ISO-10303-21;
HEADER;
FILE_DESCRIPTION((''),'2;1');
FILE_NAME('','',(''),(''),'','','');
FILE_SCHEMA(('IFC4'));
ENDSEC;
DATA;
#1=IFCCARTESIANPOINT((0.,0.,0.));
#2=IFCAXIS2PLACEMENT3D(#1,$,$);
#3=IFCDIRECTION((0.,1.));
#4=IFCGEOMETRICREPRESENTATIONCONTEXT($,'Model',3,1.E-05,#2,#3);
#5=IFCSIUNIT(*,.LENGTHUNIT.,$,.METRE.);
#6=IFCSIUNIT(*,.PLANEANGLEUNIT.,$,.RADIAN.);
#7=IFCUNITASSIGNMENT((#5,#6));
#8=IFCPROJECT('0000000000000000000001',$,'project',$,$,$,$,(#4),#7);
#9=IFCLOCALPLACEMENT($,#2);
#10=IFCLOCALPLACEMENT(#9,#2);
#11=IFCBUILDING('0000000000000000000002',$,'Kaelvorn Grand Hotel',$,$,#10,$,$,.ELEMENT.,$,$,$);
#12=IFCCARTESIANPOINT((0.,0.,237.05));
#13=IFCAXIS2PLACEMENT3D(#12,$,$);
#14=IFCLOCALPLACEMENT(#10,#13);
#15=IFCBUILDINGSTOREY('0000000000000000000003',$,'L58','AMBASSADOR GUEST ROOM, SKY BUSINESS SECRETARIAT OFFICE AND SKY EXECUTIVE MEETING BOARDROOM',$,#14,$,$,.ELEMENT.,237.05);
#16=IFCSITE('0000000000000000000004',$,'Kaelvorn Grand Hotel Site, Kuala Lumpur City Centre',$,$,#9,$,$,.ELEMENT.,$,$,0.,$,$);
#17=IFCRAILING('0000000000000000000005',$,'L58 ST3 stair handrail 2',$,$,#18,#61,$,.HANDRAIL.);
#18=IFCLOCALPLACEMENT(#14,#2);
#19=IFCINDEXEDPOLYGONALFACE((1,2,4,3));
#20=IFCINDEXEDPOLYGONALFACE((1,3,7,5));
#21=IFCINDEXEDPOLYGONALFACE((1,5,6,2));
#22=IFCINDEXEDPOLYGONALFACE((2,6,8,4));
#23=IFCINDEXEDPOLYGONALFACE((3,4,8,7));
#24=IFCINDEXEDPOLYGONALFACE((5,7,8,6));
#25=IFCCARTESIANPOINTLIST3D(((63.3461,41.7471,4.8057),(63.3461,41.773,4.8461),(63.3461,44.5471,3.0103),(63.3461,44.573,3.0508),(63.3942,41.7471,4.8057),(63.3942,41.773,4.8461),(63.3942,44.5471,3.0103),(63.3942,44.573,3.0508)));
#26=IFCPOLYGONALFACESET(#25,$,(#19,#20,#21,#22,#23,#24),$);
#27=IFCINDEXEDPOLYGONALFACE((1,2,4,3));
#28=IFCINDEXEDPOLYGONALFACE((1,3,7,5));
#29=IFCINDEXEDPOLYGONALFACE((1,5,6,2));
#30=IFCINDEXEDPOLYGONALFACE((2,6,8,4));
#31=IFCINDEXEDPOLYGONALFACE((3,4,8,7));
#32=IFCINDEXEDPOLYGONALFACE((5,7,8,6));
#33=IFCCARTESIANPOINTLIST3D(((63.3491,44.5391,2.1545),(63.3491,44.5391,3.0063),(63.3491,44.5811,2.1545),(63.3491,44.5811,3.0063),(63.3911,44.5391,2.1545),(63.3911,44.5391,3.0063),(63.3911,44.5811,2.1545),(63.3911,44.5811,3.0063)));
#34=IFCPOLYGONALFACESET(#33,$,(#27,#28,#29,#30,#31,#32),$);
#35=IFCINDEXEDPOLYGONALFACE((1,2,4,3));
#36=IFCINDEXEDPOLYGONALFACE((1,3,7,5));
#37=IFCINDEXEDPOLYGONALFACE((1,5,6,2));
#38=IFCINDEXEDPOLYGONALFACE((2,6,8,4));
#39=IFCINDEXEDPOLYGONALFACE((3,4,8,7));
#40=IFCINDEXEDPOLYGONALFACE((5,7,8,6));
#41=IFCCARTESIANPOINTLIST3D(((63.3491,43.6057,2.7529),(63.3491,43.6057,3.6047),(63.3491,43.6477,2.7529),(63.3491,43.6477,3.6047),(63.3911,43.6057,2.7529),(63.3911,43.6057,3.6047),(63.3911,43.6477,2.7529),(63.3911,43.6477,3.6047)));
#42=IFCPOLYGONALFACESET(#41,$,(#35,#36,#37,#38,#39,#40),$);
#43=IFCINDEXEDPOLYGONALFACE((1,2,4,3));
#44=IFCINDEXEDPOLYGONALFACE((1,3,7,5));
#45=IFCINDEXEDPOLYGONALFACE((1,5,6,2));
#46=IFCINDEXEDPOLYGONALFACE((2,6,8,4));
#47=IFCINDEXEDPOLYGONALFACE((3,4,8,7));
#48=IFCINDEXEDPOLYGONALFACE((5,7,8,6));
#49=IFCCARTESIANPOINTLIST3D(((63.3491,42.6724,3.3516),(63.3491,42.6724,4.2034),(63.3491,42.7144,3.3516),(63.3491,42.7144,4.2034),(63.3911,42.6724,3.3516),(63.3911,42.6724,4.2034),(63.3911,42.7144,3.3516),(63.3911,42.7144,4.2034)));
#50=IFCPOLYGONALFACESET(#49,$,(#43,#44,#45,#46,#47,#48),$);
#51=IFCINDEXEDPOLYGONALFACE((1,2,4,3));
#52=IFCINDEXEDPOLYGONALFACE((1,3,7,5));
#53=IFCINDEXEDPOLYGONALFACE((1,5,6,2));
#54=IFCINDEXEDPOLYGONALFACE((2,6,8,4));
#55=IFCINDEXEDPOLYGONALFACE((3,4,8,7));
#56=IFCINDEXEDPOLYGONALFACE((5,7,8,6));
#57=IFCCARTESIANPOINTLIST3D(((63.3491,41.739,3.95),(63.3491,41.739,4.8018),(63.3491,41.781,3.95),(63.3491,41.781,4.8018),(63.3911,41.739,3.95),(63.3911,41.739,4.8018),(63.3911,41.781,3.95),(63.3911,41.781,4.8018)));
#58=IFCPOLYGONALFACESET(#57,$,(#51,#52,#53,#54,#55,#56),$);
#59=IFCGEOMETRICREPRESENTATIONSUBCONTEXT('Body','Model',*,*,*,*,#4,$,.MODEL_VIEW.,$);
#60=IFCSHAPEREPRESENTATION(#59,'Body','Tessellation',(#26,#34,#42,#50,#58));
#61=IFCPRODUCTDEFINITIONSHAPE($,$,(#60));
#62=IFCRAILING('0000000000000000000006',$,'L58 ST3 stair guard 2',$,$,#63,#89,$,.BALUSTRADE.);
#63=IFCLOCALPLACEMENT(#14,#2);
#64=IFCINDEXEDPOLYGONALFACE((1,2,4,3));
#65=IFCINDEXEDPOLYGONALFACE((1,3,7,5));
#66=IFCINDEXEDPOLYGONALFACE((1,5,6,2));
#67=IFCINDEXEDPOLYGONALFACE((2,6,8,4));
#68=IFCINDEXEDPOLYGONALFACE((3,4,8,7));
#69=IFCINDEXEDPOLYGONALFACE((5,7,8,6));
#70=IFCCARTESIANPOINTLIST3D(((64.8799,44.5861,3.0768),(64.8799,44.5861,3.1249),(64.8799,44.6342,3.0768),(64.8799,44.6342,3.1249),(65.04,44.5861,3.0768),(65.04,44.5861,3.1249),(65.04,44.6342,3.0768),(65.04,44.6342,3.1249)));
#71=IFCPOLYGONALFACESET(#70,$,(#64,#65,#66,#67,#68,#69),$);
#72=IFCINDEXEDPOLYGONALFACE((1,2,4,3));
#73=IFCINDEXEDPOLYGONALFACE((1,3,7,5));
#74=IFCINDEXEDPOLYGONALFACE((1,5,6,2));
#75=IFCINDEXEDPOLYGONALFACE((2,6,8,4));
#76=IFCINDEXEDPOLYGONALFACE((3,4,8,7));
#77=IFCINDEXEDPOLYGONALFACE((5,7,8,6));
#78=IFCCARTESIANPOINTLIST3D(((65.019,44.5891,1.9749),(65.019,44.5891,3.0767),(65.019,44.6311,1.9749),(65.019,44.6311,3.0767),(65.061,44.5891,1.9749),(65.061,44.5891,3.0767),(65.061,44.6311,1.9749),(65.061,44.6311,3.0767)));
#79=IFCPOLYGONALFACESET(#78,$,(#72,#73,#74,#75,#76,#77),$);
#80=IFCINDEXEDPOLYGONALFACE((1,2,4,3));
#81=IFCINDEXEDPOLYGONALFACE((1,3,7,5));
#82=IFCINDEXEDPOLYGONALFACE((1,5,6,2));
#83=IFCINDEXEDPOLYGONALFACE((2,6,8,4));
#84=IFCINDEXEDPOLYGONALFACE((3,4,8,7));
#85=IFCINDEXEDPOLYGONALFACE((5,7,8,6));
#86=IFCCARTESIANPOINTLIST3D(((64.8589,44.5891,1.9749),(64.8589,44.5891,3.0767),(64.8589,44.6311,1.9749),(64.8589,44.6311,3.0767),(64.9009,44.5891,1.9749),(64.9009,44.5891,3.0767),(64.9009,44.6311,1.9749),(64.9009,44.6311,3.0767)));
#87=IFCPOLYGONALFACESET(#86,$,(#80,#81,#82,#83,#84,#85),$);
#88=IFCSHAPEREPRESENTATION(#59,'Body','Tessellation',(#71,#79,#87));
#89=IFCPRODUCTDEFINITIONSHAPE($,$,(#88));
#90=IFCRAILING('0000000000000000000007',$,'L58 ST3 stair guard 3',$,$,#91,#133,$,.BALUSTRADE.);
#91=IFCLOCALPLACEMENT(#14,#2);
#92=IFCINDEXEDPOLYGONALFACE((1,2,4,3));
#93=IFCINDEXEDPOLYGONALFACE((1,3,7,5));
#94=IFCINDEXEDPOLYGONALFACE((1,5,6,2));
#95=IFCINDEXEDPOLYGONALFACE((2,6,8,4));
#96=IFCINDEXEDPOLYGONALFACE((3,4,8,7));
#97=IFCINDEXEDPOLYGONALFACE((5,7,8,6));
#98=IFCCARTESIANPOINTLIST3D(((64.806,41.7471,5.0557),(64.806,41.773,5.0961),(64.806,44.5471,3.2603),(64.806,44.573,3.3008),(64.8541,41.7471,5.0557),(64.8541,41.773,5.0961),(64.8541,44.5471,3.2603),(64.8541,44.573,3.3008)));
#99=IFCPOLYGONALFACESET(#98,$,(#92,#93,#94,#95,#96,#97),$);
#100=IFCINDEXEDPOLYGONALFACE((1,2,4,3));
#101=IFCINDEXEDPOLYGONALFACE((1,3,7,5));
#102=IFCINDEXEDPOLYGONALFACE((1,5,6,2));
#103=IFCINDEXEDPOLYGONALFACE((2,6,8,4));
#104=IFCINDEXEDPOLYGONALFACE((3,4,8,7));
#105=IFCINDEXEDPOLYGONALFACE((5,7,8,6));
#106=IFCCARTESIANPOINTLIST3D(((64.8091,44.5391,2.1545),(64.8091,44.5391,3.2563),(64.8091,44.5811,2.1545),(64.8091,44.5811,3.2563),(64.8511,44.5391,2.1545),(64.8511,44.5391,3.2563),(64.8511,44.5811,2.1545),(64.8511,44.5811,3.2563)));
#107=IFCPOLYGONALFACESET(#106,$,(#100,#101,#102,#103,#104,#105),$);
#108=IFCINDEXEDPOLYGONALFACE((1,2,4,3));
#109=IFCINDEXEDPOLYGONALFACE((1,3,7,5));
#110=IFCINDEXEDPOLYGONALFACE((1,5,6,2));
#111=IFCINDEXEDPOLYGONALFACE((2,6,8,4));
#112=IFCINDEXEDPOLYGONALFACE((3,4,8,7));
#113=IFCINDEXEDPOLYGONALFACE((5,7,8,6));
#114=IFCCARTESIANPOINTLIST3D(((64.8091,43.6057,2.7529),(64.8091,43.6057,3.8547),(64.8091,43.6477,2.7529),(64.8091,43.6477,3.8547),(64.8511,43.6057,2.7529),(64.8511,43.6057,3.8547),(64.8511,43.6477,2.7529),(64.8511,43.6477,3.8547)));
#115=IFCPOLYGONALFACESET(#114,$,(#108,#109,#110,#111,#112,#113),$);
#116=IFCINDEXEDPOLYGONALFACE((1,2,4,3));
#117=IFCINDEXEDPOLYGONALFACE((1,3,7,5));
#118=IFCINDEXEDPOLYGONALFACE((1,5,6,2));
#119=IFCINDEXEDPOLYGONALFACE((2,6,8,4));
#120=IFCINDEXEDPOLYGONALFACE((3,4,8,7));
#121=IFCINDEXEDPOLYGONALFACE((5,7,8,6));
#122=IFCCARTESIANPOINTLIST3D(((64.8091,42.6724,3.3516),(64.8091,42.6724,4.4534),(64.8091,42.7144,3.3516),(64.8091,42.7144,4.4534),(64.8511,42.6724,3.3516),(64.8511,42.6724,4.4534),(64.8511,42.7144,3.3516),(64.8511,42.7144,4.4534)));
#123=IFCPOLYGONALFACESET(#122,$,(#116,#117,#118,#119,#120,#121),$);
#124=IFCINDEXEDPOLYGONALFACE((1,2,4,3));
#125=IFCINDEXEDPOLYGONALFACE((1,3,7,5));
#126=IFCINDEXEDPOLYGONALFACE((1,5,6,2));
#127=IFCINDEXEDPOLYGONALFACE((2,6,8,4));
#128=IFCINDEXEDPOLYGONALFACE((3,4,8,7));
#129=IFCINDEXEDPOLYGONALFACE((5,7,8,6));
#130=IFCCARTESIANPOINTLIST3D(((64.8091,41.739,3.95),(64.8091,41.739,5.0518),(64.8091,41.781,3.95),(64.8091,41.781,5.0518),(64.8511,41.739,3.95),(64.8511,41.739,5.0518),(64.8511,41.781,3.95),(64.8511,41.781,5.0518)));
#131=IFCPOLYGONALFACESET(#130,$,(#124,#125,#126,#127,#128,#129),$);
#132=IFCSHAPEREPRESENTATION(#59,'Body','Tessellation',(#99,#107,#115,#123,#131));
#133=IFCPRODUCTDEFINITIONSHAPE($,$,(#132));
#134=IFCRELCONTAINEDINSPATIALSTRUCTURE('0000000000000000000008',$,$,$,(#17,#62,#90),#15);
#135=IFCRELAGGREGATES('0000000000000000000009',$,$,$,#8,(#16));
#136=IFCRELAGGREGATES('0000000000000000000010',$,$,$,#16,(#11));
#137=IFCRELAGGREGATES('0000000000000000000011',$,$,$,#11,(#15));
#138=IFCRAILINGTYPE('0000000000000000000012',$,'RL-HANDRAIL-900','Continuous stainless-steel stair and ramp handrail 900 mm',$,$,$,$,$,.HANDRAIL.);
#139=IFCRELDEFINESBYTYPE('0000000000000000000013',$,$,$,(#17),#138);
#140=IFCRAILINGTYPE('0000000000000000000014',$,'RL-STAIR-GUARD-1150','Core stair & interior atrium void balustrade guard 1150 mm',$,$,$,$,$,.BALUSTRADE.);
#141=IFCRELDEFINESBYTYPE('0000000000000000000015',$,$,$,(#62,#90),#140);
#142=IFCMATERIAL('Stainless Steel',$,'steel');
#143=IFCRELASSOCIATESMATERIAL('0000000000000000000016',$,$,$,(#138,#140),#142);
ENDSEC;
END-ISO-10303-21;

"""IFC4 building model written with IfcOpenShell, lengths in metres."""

from ifc_helpers import new_model, si_unit, direction, frame, origin, origin_2d, place, context, subcontext, project, spatial, rectangle, extrude, material, type_object, element, save


model = new_model("IFC4")

# Units and contexts
model_context = context("Model", 3, precision=1e-05, world=origin(), true_north=direction((0.0, 1.0)))
body_context = subcontext(model_context, "Body", "Model", "MODEL_VIEW")
ifc_project = project(units=[si_unit("LENGTHUNIT", "METRE"), si_unit("PLANEANGLEUNIT", "RADIAN")], contexts=[model_context])

# Site, building, storey
site_placement = place(None, origin())
site = spatial("IfcSite", under=ifc_project, at=site_placement, Name="Kaelvorn Grand Hotel Site, Kuala Lumpur City Centre", CompositionType="ELEMENT", RefElevation=0.0)
building_placement = place(site_placement, origin())
building = spatial("IfcBuilding", under=site, at=building_placement, Name="Kaelvorn Grand Hotel", CompositionType="ELEMENT")
storey_placement = place(building_placement, frame((0.0, 0.0, 237.05)))
storey = spatial("IfcBuildingStorey", under=building, at=storey_placement, Name="L58", Description="AMBASSADOR GUEST ROOM, SKY BUSINESS SECRETARIAT OFFICE AND SKY EXECUTIVE MEETING BOARDROOM", CompositionType="ELEMENT", Elevation=237.05)

# Shared definitions
ifc_material_1 = material(Name="Stainless Steel", Category="steel")

# Railings
railing_type_1 = type_object("IfcRailingType", Name="RL-HANDRAIL-900", Description="Continuous stainless-steel stair and ramp handrail 900 mm", PredefinedType="HANDRAIL", material=ifc_material_1)
railing_1_placement = place(storey_placement, frame((63.3701, 44.5601, 2.1545)))
element("IfcRailing", 1, at=railing_1_placement, inside=storey, type_object=railing_type_1, Name="L58 ST3 stair handrail 2", PredefinedType="HANDRAIL", context=body_context, shape_type="SweptSolid", body=[
    extrude(rectangle(XDim=0.0481, YDim=0.0481, at=origin_2d()), frame((0.0, 0.0, 0.876), z_axis=(0.0, -0.84181, 0.539774), x_axis=(1.0, 0.0, 0.0)), (0.0, 0.0, 1.0), 3.3262),
    extrude(rectangle(XDim=0.042, YDim=0.042, at=origin_2d()), origin(), (0.0, 0.0, 1.0), 0.8518),
    extrude(rectangle(XDim=0.042, YDim=0.042, at=origin_2d()), frame((0.0, -0.9333, 0.5984)), (0.0, 0.0, 1.0), 0.8518),
    extrude(rectangle(XDim=0.042, YDim=0.042, at=origin_2d()), frame((0.0, -1.8667, 1.197)), (0.0, 0.0, 1.0), 0.8518),
    extrude(rectangle(XDim=0.042, YDim=0.042, at=origin_2d()), frame((0.0, -2.8, 1.7954)), (0.0, 0.0, 1.0), 0.8518),
])
railing_type_2 = type_object("IfcRailingType", Name="RL-STAIR-GUARD-1150", Description="Core stair & interior atrium void balustrade guard 1150 mm", PredefinedType="BALUSTRADE", material=ifc_material_1)
railing_2_placement = place(storey_placement, frame((65.04, 44.6101, 1.9749)))
element("IfcRailing", 2, at=railing_2_placement, inside=storey, type_object=railing_type_2, Name="L58 ST3 stair guard 2", PredefinedType="BALUSTRADE", context=body_context, shape_type="SweptSolid", body=[
    extrude(rectangle(XDim=0.0481, YDim=0.0481, at=origin_2d()), frame((0.0, 0.0, 1.126), z_axis=(-1.0, 0.0, 0.0), x_axis=(0.0, -1.0, 0.0)), (0.0, 0.0, 1.0), 0.1602),
    extrude(rectangle(XDim=0.042, YDim=0.042, at=origin_2d()), origin(), (0.0, 0.0, 1.0), 1.1018),
    extrude(rectangle(XDim=0.042, YDim=0.042, at=origin_2d()), frame((-0.1602, 0.0, 0.0)), (0.0, 0.0, 1.0), 1.1018),
])
railing_3_placement = place(storey_placement, frame((64.8301, 44.5601, 2.1545)))
element("IfcRailing", 3, at=railing_3_placement, inside=storey, type_object=railing_type_2, Name="L58 ST3 stair guard 3", PredefinedType="BALUSTRADE", context=body_context, shape_type="SweptSolid", body=[
    extrude(rectangle(XDim=0.0481, YDim=0.0481, at=origin_2d()), frame((0.0, 0.0, 1.126), z_axis=(0.0, -0.84181, 0.539774), x_axis=(1.0, 0.0, 0.0)), (0.0, 0.0, 1.0), 3.3262),
    extrude(rectangle(XDim=0.042, YDim=0.042, at=origin_2d()), origin(), (0.0, 0.0, 1.0), 1.1018),
    extrude(rectangle(XDim=0.042, YDim=0.042, at=origin_2d()), frame((0.0, -0.9333, 0.5984)), (0.0, 0.0, 1.0), 1.1018),
    extrude(rectangle(XDim=0.042, YDim=0.042, at=origin_2d()), frame((0.0, -1.8667, 1.197)), (0.0, 0.0, 1.0), 1.1018),
    extrude(rectangle(XDim=0.042, YDim=0.042, at=origin_2d()), frame((0.0, -2.8, 1.7954)), (0.0, 0.0, 1.0), 1.1018),
])

save(model, "model.ifc")
